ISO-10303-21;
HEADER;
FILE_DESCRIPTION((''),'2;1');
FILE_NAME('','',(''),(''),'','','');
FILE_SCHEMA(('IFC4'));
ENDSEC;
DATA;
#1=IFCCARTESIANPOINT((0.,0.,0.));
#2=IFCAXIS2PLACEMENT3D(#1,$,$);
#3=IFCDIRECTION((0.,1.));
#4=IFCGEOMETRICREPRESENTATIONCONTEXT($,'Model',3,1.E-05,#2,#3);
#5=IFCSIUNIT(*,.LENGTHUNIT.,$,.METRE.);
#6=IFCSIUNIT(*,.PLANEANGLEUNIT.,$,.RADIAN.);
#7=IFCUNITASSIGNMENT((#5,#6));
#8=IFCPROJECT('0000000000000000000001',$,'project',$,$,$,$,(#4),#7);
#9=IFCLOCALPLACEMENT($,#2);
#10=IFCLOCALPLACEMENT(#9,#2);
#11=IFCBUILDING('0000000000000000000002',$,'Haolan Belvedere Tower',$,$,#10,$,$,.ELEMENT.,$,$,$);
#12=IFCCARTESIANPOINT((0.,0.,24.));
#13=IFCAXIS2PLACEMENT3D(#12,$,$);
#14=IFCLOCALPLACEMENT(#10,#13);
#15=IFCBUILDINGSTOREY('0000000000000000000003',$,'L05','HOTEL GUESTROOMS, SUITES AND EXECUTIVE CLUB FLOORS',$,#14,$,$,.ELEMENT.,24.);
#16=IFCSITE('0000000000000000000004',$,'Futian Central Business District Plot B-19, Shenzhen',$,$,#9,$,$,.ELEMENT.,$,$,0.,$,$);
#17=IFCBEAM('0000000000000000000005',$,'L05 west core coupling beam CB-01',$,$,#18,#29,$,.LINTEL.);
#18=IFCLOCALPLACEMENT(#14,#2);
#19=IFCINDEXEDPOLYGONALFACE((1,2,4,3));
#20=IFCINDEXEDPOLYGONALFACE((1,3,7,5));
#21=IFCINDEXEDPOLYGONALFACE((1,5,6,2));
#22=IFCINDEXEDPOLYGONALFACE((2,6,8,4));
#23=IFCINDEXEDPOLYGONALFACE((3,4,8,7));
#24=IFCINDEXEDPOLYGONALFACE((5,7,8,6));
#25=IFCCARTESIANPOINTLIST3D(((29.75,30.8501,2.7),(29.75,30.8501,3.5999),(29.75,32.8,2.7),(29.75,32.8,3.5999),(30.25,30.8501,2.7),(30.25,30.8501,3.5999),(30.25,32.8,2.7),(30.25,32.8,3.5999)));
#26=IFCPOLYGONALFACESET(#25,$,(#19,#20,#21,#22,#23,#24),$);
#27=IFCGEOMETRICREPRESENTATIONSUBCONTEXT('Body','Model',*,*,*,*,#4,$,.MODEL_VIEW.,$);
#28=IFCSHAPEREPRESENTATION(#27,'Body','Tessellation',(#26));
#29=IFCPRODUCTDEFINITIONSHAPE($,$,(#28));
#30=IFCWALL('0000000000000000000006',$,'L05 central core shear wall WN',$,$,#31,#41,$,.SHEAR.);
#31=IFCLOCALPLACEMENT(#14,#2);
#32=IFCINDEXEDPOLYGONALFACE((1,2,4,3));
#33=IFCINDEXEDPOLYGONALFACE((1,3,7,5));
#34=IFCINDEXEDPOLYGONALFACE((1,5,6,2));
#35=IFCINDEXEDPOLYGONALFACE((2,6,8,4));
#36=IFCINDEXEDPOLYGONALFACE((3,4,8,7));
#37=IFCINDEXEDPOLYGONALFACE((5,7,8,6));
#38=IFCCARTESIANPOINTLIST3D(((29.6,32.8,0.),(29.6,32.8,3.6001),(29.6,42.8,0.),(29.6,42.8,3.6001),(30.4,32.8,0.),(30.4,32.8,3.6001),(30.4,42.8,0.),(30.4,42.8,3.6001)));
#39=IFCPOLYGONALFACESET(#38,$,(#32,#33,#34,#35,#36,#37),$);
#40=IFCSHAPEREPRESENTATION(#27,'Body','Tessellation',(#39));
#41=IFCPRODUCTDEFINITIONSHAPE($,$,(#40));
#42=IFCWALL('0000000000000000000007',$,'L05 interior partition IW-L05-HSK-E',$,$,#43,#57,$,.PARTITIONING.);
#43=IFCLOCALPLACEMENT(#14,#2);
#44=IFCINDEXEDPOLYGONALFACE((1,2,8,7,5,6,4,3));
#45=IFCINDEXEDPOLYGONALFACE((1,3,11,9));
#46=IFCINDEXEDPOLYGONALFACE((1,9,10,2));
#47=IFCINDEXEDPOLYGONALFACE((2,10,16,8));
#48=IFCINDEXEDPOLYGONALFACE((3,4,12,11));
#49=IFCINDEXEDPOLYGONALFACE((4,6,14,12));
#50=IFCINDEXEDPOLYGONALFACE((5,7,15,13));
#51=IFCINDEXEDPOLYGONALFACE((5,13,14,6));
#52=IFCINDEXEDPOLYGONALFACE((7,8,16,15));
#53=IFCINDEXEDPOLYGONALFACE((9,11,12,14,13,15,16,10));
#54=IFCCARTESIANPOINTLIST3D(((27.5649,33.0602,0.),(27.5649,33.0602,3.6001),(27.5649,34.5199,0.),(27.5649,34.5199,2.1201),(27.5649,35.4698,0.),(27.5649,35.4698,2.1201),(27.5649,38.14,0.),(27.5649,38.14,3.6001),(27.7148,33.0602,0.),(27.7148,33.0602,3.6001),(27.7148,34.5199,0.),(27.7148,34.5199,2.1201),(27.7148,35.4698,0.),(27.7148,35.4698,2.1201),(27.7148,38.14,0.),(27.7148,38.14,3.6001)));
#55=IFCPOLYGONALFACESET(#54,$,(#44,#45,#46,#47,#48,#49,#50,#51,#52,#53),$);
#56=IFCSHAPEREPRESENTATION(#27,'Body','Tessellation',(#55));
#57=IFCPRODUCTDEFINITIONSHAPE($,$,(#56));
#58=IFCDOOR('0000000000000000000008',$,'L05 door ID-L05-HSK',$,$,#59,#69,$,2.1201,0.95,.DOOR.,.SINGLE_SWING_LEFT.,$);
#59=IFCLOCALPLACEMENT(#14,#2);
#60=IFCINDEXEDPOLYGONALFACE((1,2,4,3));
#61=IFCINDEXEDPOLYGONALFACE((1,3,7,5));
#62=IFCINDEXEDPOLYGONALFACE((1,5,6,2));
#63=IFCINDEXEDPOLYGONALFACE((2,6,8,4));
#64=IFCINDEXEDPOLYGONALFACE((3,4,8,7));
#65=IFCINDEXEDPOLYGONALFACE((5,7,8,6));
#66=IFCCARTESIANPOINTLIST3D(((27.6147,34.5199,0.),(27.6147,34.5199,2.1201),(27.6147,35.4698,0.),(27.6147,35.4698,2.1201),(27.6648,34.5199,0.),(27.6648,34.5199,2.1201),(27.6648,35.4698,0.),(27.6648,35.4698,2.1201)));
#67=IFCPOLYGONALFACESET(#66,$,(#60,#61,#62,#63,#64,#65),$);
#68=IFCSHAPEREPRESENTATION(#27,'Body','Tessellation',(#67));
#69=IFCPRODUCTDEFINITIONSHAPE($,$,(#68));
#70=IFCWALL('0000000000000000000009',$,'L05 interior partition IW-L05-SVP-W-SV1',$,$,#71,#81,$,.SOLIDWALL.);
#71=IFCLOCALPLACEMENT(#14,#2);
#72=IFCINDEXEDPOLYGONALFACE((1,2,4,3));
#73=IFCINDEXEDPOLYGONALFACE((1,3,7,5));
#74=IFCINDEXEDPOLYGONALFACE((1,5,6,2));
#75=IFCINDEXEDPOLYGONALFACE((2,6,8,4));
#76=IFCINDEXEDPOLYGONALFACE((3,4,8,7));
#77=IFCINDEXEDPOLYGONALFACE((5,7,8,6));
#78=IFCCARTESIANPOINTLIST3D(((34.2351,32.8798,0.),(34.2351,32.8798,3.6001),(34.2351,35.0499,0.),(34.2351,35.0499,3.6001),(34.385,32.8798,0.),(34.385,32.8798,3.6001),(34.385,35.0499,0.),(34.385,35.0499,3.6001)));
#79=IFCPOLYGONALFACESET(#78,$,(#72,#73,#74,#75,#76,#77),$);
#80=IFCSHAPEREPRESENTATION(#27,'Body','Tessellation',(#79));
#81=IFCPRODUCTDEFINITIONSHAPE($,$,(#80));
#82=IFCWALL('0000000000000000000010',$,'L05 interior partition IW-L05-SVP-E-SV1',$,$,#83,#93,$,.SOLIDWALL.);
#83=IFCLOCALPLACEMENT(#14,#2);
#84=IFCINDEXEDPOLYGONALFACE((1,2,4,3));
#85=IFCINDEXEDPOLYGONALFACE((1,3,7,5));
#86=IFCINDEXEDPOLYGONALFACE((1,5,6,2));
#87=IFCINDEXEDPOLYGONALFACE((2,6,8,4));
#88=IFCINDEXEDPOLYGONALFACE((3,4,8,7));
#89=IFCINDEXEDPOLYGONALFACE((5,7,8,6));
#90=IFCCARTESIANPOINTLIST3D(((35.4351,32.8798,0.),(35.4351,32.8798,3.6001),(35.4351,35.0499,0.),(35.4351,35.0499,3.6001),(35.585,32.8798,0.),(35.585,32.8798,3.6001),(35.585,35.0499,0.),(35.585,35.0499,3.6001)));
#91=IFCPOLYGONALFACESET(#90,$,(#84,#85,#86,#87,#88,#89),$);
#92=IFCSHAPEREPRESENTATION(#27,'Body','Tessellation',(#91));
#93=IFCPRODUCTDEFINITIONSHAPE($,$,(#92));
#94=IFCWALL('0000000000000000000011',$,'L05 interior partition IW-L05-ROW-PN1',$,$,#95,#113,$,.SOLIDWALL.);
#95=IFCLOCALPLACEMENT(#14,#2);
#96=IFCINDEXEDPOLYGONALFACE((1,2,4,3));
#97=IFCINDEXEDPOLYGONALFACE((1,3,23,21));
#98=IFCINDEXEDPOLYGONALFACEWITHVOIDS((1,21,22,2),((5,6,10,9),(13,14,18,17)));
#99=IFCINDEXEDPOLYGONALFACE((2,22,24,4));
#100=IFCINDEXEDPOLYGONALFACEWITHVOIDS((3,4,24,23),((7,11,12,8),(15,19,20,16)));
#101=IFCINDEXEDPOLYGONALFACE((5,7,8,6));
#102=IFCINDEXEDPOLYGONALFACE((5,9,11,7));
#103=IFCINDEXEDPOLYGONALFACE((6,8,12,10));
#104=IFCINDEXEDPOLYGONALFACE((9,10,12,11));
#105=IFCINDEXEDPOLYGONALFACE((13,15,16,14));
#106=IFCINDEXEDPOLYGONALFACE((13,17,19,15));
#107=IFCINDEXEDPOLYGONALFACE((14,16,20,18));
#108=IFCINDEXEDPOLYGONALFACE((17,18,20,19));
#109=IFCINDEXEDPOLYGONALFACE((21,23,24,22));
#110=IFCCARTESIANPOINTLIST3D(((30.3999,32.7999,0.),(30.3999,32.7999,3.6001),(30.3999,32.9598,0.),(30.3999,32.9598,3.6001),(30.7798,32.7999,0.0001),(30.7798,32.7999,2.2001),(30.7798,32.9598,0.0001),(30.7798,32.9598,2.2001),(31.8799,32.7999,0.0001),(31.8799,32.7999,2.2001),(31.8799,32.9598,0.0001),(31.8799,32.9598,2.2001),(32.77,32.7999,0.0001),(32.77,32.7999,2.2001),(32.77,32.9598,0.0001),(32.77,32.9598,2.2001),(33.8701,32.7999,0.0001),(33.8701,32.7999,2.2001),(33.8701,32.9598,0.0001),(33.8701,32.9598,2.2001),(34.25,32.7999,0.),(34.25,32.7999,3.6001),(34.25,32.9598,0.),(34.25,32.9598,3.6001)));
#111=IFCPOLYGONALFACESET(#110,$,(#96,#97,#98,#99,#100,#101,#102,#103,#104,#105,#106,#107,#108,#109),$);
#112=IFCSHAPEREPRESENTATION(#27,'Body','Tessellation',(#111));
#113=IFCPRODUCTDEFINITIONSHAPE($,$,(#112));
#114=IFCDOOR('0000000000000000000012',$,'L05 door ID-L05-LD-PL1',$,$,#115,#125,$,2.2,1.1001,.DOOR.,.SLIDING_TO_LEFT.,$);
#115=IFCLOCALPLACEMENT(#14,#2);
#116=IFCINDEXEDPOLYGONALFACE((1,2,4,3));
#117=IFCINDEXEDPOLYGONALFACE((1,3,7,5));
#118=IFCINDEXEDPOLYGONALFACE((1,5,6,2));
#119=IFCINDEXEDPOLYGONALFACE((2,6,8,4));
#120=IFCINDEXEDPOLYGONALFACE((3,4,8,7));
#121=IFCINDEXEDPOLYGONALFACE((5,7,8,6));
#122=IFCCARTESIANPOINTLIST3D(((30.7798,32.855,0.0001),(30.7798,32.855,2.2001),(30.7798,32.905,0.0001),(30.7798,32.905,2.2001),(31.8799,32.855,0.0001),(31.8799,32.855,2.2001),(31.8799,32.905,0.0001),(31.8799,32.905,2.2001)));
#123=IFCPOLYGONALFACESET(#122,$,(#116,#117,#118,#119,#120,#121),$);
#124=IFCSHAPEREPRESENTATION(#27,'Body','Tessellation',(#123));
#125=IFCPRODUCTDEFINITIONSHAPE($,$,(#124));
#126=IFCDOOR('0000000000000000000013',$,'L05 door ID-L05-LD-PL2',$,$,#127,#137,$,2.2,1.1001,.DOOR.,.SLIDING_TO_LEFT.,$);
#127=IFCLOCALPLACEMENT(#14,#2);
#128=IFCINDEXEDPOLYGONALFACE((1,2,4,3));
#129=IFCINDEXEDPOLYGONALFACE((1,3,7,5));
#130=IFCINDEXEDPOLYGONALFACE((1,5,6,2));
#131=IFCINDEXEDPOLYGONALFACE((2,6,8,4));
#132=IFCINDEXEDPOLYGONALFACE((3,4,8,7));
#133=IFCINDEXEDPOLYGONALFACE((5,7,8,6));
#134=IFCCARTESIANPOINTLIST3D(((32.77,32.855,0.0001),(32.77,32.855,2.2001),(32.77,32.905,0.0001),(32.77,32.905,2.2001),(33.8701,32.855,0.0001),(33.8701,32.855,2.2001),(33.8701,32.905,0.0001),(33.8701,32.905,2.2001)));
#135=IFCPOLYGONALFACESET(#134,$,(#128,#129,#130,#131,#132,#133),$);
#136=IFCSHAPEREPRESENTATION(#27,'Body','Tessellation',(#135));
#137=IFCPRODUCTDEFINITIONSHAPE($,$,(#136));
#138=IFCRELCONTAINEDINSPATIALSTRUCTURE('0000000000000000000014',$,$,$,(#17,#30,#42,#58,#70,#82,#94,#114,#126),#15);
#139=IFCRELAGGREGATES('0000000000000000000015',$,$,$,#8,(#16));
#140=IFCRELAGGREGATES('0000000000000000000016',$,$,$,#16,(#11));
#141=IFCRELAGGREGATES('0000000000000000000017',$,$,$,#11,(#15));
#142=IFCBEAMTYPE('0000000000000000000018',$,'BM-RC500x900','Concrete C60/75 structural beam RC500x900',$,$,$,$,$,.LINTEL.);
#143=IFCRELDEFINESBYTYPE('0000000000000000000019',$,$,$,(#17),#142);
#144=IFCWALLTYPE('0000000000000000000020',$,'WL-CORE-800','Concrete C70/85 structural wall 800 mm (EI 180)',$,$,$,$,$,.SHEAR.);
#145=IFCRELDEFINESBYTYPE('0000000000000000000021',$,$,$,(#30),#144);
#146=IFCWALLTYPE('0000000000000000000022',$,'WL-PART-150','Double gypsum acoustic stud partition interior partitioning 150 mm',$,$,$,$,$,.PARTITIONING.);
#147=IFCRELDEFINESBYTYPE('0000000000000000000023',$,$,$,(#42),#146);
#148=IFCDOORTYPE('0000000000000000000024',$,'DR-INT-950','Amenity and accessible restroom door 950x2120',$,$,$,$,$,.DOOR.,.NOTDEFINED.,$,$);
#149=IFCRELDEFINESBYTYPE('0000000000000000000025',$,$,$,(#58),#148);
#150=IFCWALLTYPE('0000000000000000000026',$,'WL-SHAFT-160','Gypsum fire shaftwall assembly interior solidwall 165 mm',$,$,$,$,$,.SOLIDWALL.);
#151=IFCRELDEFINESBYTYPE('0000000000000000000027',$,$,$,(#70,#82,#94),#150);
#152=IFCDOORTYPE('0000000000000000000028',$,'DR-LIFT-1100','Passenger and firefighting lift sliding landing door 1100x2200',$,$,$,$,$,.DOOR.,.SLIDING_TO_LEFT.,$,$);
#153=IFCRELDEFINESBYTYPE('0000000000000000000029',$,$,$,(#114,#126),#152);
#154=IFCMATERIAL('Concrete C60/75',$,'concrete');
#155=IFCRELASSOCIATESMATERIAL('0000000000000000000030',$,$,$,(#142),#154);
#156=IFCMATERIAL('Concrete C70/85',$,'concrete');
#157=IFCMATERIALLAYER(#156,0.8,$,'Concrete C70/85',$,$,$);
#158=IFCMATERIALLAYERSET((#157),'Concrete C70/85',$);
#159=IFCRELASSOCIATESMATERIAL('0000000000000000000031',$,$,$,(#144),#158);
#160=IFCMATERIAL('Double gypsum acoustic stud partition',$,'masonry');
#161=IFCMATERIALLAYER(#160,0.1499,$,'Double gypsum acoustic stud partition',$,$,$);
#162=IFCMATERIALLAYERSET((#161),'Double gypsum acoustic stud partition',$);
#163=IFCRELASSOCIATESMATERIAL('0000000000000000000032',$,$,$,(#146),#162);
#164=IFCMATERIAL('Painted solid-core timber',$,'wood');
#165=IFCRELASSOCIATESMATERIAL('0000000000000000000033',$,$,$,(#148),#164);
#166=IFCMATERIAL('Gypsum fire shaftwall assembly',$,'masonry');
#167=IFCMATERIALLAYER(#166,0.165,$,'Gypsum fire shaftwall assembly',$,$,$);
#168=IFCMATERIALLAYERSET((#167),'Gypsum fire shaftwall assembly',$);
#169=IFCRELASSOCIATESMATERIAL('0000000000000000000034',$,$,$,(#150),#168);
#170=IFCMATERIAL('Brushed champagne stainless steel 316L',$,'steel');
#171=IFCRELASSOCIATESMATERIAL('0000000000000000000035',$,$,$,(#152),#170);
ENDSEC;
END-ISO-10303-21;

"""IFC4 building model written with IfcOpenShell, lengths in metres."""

from ifc_helpers import new_model, si_unit, direction, frame, frame_2d, origin, origin_2d, place, context, subcontext, project, spatial, rectangle, extrude, material, layer, layer_set, material_profile, profile_set, type_object, element, fill, save


model = new_model("IFC4")

# Units and contexts
model_context = context("Model", 3, precision=1e-05, world=origin(), true_north=direction((0.0, 1.0)))
body_context = subcontext(model_context, "Body", "Model", "MODEL_VIEW")
ifc_project = project(units=[si_unit("LENGTHUNIT", "METRE"), si_unit("PLANEANGLEUNIT", "RADIAN")], contexts=[model_context])

# Site, building, storey
site_placement = place(None, origin())
site = spatial("IfcSite", under=ifc_project, at=site_placement, Name="Futian Central Business District Plot B-19, Shenzhen", CompositionType="ELEMENT", RefElevation=0.0)
building_placement = place(site_placement, origin())
building = spatial("IfcBuilding", under=site, at=building_placement, Name="Haolan Belvedere Tower", CompositionType="ELEMENT")
storey_placement = place(building_placement, frame((0.0, 0.0, 24.0)))
storey = spatial("IfcBuildingStorey", under=building, at=storey_placement, Name="L05", Description="HOTEL GUESTROOMS, SUITES AND EXECUTIVE CLUB FLOORS", CompositionType="ELEMENT", Elevation=24.0)

# Beam
ifc_material_1 = material(Name="Concrete C60/75", Category="concrete")
ifc_material_profile = material_profile(ifc_material_1, rectangle(XDim=0.5, YDim=0.8999, at=origin_2d()), Name="Concrete C60/75")
ifc_profile_set = profile_set([ifc_material_profile], Name="Concrete C60/75")
beam_type = type_object("IfcBeamType", Name="BM-RC500x900", Description="Concrete C60/75 structural beam RC500x900", PredefinedType="LINTEL", material=ifc_profile_set)
beam_placement = place(storey_placement, frame((30.0, 30.8501, 3.1499), z_axis=(0.0, 1.0, 0.0), x_axis=(-1.0, 0.0, 0.0)))
element("IfcBeam", 1, at=beam_placement, inside=storey, type_object=beam_type, Name="L05 west core coupling beam CB-01", PredefinedType="LINTEL", context=body_context, shape_type="SweptSolid", body=[
    extrude(rectangle(XDim=0.5, YDim=0.8999, at=origin_2d()), origin(), (0.0, 0.0, 1.0), 1.95),
])

# Wall
ifc_material_2 = material(Name="Concrete C70/85", Category="concrete")
ifc_layer_1 = layer(ifc_material_2, 0.8, Name="Concrete C70/85")
ifc_layer_set_1 = layer_set([ifc_layer_1], Name="Concrete C70/85")
wall_type_1 = type_object("IfcWallType", Name="WL-CORE-800", Description="Concrete C70/85 structural wall 800 mm (EI 180)", PredefinedType="SHEAR", material=ifc_layer_set_1)
wall_1_placement = place(storey_placement, frame((30.0, 32.8, 0.0), z_axis=(0.0, 0.0, 1.0), x_axis=(0.0, 1.0, 0.0)))
element("IfcWall", 2, at=wall_1_placement, inside=storey, type_object=wall_type_1, Name="L05 central core shear wall WN", PredefinedType="SHEAR", context=body_context, shape_type="SweptSolid", body=[
    extrude(rectangle(XDim=10.0, YDim=0.8, at=frame_2d((5.0, 0.0))), origin(), (0.0, 0.0, 1.0), 3.6001),
])

# Wall, opening, door
ifc_material_3 = material(Name="Double gypsum acoustic stud partition", Category="masonry")
ifc_layer_2 = layer(ifc_material_3, 0.1499, Name="Double gypsum acoustic stud partition")
ifc_layer_set_2 = layer_set([ifc_layer_2], Name="Double gypsum acoustic stud partition")
wall_type_2 = type_object("IfcWallType", Name="WL-PART-150", Description="Double gypsum acoustic stud partition interior partitioning 150 mm", PredefinedType="PARTITIONING", material=ifc_layer_set_2)
wall_2_placement = place(storey_placement, frame((27.6399, 33.0601, 0.0), z_axis=(0.0, 0.0, 1.0), x_axis=(0.0, 1.0, 0.0)))
wall_2 = element("IfcWall", 3, at=wall_2_placement, inside=storey, type_object=wall_type_2, Name="L05 interior partition IW-L05-HSK-E", PredefinedType="PARTITIONING", context=body_context, shape_type="SweptSolid", body=[
    extrude(rectangle(XDim=5.0798, YDim=0.1499, at=frame_2d((2.54, 0.0))), origin(), (0.0, 0.0, 1.0), 3.6001),
])
opening_1_placement = place(wall_2_placement, frame((2.4099, 0.0, 0.0), z_axis=(0.0, 0.0, 1.0), x_axis=(-1.0, 0.0, 0.0)))
opening_1 = element("IfcOpeningElement", 4, at=opening_1_placement, cuts=wall_2, PredefinedType="OPENING", context=body_context, shape_type="SweptSolid", body=[
    extrude(rectangle(XDim=0.95, YDim=2.1201, at=frame_2d((0.4751, 1.0601))), frame((0.0, 0.085, 0.0), z_axis=(0.0, -1.0, 0.0), x_axis=(1.0, 0.0, 0.0)), (0.0, 0.0, 1.0), 0.1699),
])
ifc_material_4 = material(Name="Painted solid-core timber", Category="wood")
door_type_1 = type_object("IfcDoorType", Name="DR-INT-950", Description="Amenity and accessible restroom door 950x2120", OperationType="NOTDEFINED", PredefinedType="DOOR", material=ifc_material_4)
door_1_placement = place(opening_1_placement, origin())
door_1 = element("IfcDoor", 5, at=door_1_placement, inside=storey, type_object=door_type_1, Name="L05 door ID-L05-HSK", OperationType="SINGLE_SWING_LEFT", OverallHeight=2.1201, OverallWidth=0.95, PredefinedType="DOOR", context=body_context, shape_type="SweptSolid", body=[
    extrude(rectangle(XDim=0.95, YDim=2.1201, at=frame_2d((0.4751, 1.0601))), frame((0.0, 0.0249, 0.0), z_axis=(0.0, -1.0, 0.0), x_axis=(1.0, 0.0, 0.0)), (0.0, 0.0, 1.0), 0.05),
])
fill(opening_1, door_1)

# Walls
ifc_material_5 = material(Name="Gypsum fire shaftwall assembly", Category="masonry")
ifc_layer_3 = layer(ifc_material_5, 0.165, Name="Gypsum fire shaftwall assembly")
ifc_layer_set_3 = layer_set([ifc_layer_3], Name="Gypsum fire shaftwall assembly")
wall_type_3 = type_object("IfcWallType", Name="WL-SHAFT-160", Description="Gypsum fire shaftwall assembly interior solidwall 165 mm", PredefinedType="SOLIDWALL", material=ifc_layer_set_3)
for number, where, z_axis, x_axis, name in (
    (6, (34.3101, 32.8799, 0.0), (0.0, 0.0, 1.0), (0.0, 1.0, 0.0), "L05 interior partition IW-L05-SVP-W-SV1"),
    (7, (35.51, 32.8799, 0.0), (0.0, 0.0, 1.0), (0.0, 1.0, 0.0), "L05 interior partition IW-L05-SVP-E-SV1"),
):
    element("IfcWall", number, at=place(storey_placement, frame(where, z_axis=z_axis, x_axis=x_axis)), inside=storey, type_object=wall_type_3, Name=name, PredefinedType="SOLIDWALL", context=body_context, shape_type="SweptSolid", body=[
        extrude(rectangle(XDim=2.1702, YDim=0.1499, at=frame_2d((1.085, 0.0))), origin(), (0.0, 0.0, 1.0), 3.6001),
    ])

# Wall, openings, doors
wall_3_placement = place(storey_placement, frame((30.3999, 32.8799, 0.0), z_axis=(0.0, 0.0, 1.0), x_axis=(1.0, 0.0, 0.0)))
wall_3 = element("IfcWall", 8, at=wall_3_placement, inside=storey, type_object=wall_type_3, Name="L05 interior partition IW-L05-ROW-PN1", PredefinedType="SOLIDWALL", context=body_context, shape_type="SweptSolid", body=[
    extrude(rectangle(XDim=3.8501, YDim=0.1599, at=frame_2d((1.925, 0.0))), origin(), (0.0, 0.0, 1.0), 3.6001),
])
opening_2_placement = place(wall_3_placement, frame((1.48, 0.0, 0.0), z_axis=(0.0, 0.0, 1.0), x_axis=(-1.0, 0.0, 0.0)))
opening_2 = element("IfcOpeningElement", 9, at=opening_2_placement, cuts=wall_3, PredefinedType="OPENING", context=body_context, shape_type="SweptSolid", body=[
    extrude(rectangle(XDim=1.1001, YDim=2.2, at=frame_2d((0.55, 1.1001))), frame((0.0, 0.0898, 0.0), z_axis=(0.0, -1.0, 0.0), x_axis=(1.0, 0.0, 0.0)), (0.0, 0.0, 1.0), 0.1799),
])
opening_3_placement = place(wall_3_placement, frame((3.4702, 0.0, 0.0), z_axis=(0.0, 0.0, 1.0), x_axis=(-1.0, 0.0, 0.0)))
opening_3 = element("IfcOpeningElement", 10, at=opening_3_placement, cuts=wall_3, PredefinedType="OPENING", context=body_context, shape_type="SweptSolid", body=[
    extrude(rectangle(XDim=1.1001, YDim=2.2, at=frame_2d((0.55, 1.1001))), frame((0.0, 0.0898, 0.0), z_axis=(0.0, -1.0, 0.0), x_axis=(1.0, 0.0, 0.0)), (0.0, 0.0, 1.0), 0.1799),
])
ifc_material_6 = material(Name="Brushed champagne stainless steel 316L", Category="steel")
door_type_2 = type_object("IfcDoorType", Name="DR-LIFT-1100", Description="Passenger and firefighting lift sliding landing door 1100x2200", OperationType="SLIDING_TO_LEFT", PredefinedType="DOOR", material=ifc_material_6)
door_2_placement = place(opening_2_placement, origin())
door_2 = element("IfcDoor", 11, at=door_2_placement, inside=storey, type_object=door_type_2, Name="L05 door ID-L05-LD-PL1", OperationType="SLIDING_TO_LEFT", OverallHeight=2.2, OverallWidth=1.1001, PredefinedType="DOOR", context=body_context, shape_type="SweptSolid", body=[
    extrude(rectangle(XDim=1.1001, YDim=2.2, at=frame_2d((0.55, 1.1001))), frame((0.0, 0.0249, 0.0), z_axis=(0.0, -1.0, 0.0), x_axis=(1.0, 0.0, 0.0)), (0.0, 0.0, 1.0), 0.05),
])
fill(opening_2, door_2)
door_3_placement = place(opening_3_placement, origin())
door_3 = element("IfcDoor", 12, at=door_3_placement, inside=storey, type_object=door_type_2, Name="L05 door ID-L05-LD-PL2", OperationType="SLIDING_TO_LEFT", OverallHeight=2.2, OverallWidth=1.1001, PredefinedType="DOOR", context=body_context, shape_type="SweptSolid", body=[
    extrude(rectangle(XDim=1.1001, YDim=2.2, at=frame_2d((0.55, 1.1001))), frame((0.0, 0.0249, 0.0), z_axis=(0.0, -1.0, 0.0), x_axis=(1.0, 0.0, 0.0)), (0.0, 0.0, 1.0), 0.05),
])
fill(opening_3, door_3)

save(model, "model.ifc")
